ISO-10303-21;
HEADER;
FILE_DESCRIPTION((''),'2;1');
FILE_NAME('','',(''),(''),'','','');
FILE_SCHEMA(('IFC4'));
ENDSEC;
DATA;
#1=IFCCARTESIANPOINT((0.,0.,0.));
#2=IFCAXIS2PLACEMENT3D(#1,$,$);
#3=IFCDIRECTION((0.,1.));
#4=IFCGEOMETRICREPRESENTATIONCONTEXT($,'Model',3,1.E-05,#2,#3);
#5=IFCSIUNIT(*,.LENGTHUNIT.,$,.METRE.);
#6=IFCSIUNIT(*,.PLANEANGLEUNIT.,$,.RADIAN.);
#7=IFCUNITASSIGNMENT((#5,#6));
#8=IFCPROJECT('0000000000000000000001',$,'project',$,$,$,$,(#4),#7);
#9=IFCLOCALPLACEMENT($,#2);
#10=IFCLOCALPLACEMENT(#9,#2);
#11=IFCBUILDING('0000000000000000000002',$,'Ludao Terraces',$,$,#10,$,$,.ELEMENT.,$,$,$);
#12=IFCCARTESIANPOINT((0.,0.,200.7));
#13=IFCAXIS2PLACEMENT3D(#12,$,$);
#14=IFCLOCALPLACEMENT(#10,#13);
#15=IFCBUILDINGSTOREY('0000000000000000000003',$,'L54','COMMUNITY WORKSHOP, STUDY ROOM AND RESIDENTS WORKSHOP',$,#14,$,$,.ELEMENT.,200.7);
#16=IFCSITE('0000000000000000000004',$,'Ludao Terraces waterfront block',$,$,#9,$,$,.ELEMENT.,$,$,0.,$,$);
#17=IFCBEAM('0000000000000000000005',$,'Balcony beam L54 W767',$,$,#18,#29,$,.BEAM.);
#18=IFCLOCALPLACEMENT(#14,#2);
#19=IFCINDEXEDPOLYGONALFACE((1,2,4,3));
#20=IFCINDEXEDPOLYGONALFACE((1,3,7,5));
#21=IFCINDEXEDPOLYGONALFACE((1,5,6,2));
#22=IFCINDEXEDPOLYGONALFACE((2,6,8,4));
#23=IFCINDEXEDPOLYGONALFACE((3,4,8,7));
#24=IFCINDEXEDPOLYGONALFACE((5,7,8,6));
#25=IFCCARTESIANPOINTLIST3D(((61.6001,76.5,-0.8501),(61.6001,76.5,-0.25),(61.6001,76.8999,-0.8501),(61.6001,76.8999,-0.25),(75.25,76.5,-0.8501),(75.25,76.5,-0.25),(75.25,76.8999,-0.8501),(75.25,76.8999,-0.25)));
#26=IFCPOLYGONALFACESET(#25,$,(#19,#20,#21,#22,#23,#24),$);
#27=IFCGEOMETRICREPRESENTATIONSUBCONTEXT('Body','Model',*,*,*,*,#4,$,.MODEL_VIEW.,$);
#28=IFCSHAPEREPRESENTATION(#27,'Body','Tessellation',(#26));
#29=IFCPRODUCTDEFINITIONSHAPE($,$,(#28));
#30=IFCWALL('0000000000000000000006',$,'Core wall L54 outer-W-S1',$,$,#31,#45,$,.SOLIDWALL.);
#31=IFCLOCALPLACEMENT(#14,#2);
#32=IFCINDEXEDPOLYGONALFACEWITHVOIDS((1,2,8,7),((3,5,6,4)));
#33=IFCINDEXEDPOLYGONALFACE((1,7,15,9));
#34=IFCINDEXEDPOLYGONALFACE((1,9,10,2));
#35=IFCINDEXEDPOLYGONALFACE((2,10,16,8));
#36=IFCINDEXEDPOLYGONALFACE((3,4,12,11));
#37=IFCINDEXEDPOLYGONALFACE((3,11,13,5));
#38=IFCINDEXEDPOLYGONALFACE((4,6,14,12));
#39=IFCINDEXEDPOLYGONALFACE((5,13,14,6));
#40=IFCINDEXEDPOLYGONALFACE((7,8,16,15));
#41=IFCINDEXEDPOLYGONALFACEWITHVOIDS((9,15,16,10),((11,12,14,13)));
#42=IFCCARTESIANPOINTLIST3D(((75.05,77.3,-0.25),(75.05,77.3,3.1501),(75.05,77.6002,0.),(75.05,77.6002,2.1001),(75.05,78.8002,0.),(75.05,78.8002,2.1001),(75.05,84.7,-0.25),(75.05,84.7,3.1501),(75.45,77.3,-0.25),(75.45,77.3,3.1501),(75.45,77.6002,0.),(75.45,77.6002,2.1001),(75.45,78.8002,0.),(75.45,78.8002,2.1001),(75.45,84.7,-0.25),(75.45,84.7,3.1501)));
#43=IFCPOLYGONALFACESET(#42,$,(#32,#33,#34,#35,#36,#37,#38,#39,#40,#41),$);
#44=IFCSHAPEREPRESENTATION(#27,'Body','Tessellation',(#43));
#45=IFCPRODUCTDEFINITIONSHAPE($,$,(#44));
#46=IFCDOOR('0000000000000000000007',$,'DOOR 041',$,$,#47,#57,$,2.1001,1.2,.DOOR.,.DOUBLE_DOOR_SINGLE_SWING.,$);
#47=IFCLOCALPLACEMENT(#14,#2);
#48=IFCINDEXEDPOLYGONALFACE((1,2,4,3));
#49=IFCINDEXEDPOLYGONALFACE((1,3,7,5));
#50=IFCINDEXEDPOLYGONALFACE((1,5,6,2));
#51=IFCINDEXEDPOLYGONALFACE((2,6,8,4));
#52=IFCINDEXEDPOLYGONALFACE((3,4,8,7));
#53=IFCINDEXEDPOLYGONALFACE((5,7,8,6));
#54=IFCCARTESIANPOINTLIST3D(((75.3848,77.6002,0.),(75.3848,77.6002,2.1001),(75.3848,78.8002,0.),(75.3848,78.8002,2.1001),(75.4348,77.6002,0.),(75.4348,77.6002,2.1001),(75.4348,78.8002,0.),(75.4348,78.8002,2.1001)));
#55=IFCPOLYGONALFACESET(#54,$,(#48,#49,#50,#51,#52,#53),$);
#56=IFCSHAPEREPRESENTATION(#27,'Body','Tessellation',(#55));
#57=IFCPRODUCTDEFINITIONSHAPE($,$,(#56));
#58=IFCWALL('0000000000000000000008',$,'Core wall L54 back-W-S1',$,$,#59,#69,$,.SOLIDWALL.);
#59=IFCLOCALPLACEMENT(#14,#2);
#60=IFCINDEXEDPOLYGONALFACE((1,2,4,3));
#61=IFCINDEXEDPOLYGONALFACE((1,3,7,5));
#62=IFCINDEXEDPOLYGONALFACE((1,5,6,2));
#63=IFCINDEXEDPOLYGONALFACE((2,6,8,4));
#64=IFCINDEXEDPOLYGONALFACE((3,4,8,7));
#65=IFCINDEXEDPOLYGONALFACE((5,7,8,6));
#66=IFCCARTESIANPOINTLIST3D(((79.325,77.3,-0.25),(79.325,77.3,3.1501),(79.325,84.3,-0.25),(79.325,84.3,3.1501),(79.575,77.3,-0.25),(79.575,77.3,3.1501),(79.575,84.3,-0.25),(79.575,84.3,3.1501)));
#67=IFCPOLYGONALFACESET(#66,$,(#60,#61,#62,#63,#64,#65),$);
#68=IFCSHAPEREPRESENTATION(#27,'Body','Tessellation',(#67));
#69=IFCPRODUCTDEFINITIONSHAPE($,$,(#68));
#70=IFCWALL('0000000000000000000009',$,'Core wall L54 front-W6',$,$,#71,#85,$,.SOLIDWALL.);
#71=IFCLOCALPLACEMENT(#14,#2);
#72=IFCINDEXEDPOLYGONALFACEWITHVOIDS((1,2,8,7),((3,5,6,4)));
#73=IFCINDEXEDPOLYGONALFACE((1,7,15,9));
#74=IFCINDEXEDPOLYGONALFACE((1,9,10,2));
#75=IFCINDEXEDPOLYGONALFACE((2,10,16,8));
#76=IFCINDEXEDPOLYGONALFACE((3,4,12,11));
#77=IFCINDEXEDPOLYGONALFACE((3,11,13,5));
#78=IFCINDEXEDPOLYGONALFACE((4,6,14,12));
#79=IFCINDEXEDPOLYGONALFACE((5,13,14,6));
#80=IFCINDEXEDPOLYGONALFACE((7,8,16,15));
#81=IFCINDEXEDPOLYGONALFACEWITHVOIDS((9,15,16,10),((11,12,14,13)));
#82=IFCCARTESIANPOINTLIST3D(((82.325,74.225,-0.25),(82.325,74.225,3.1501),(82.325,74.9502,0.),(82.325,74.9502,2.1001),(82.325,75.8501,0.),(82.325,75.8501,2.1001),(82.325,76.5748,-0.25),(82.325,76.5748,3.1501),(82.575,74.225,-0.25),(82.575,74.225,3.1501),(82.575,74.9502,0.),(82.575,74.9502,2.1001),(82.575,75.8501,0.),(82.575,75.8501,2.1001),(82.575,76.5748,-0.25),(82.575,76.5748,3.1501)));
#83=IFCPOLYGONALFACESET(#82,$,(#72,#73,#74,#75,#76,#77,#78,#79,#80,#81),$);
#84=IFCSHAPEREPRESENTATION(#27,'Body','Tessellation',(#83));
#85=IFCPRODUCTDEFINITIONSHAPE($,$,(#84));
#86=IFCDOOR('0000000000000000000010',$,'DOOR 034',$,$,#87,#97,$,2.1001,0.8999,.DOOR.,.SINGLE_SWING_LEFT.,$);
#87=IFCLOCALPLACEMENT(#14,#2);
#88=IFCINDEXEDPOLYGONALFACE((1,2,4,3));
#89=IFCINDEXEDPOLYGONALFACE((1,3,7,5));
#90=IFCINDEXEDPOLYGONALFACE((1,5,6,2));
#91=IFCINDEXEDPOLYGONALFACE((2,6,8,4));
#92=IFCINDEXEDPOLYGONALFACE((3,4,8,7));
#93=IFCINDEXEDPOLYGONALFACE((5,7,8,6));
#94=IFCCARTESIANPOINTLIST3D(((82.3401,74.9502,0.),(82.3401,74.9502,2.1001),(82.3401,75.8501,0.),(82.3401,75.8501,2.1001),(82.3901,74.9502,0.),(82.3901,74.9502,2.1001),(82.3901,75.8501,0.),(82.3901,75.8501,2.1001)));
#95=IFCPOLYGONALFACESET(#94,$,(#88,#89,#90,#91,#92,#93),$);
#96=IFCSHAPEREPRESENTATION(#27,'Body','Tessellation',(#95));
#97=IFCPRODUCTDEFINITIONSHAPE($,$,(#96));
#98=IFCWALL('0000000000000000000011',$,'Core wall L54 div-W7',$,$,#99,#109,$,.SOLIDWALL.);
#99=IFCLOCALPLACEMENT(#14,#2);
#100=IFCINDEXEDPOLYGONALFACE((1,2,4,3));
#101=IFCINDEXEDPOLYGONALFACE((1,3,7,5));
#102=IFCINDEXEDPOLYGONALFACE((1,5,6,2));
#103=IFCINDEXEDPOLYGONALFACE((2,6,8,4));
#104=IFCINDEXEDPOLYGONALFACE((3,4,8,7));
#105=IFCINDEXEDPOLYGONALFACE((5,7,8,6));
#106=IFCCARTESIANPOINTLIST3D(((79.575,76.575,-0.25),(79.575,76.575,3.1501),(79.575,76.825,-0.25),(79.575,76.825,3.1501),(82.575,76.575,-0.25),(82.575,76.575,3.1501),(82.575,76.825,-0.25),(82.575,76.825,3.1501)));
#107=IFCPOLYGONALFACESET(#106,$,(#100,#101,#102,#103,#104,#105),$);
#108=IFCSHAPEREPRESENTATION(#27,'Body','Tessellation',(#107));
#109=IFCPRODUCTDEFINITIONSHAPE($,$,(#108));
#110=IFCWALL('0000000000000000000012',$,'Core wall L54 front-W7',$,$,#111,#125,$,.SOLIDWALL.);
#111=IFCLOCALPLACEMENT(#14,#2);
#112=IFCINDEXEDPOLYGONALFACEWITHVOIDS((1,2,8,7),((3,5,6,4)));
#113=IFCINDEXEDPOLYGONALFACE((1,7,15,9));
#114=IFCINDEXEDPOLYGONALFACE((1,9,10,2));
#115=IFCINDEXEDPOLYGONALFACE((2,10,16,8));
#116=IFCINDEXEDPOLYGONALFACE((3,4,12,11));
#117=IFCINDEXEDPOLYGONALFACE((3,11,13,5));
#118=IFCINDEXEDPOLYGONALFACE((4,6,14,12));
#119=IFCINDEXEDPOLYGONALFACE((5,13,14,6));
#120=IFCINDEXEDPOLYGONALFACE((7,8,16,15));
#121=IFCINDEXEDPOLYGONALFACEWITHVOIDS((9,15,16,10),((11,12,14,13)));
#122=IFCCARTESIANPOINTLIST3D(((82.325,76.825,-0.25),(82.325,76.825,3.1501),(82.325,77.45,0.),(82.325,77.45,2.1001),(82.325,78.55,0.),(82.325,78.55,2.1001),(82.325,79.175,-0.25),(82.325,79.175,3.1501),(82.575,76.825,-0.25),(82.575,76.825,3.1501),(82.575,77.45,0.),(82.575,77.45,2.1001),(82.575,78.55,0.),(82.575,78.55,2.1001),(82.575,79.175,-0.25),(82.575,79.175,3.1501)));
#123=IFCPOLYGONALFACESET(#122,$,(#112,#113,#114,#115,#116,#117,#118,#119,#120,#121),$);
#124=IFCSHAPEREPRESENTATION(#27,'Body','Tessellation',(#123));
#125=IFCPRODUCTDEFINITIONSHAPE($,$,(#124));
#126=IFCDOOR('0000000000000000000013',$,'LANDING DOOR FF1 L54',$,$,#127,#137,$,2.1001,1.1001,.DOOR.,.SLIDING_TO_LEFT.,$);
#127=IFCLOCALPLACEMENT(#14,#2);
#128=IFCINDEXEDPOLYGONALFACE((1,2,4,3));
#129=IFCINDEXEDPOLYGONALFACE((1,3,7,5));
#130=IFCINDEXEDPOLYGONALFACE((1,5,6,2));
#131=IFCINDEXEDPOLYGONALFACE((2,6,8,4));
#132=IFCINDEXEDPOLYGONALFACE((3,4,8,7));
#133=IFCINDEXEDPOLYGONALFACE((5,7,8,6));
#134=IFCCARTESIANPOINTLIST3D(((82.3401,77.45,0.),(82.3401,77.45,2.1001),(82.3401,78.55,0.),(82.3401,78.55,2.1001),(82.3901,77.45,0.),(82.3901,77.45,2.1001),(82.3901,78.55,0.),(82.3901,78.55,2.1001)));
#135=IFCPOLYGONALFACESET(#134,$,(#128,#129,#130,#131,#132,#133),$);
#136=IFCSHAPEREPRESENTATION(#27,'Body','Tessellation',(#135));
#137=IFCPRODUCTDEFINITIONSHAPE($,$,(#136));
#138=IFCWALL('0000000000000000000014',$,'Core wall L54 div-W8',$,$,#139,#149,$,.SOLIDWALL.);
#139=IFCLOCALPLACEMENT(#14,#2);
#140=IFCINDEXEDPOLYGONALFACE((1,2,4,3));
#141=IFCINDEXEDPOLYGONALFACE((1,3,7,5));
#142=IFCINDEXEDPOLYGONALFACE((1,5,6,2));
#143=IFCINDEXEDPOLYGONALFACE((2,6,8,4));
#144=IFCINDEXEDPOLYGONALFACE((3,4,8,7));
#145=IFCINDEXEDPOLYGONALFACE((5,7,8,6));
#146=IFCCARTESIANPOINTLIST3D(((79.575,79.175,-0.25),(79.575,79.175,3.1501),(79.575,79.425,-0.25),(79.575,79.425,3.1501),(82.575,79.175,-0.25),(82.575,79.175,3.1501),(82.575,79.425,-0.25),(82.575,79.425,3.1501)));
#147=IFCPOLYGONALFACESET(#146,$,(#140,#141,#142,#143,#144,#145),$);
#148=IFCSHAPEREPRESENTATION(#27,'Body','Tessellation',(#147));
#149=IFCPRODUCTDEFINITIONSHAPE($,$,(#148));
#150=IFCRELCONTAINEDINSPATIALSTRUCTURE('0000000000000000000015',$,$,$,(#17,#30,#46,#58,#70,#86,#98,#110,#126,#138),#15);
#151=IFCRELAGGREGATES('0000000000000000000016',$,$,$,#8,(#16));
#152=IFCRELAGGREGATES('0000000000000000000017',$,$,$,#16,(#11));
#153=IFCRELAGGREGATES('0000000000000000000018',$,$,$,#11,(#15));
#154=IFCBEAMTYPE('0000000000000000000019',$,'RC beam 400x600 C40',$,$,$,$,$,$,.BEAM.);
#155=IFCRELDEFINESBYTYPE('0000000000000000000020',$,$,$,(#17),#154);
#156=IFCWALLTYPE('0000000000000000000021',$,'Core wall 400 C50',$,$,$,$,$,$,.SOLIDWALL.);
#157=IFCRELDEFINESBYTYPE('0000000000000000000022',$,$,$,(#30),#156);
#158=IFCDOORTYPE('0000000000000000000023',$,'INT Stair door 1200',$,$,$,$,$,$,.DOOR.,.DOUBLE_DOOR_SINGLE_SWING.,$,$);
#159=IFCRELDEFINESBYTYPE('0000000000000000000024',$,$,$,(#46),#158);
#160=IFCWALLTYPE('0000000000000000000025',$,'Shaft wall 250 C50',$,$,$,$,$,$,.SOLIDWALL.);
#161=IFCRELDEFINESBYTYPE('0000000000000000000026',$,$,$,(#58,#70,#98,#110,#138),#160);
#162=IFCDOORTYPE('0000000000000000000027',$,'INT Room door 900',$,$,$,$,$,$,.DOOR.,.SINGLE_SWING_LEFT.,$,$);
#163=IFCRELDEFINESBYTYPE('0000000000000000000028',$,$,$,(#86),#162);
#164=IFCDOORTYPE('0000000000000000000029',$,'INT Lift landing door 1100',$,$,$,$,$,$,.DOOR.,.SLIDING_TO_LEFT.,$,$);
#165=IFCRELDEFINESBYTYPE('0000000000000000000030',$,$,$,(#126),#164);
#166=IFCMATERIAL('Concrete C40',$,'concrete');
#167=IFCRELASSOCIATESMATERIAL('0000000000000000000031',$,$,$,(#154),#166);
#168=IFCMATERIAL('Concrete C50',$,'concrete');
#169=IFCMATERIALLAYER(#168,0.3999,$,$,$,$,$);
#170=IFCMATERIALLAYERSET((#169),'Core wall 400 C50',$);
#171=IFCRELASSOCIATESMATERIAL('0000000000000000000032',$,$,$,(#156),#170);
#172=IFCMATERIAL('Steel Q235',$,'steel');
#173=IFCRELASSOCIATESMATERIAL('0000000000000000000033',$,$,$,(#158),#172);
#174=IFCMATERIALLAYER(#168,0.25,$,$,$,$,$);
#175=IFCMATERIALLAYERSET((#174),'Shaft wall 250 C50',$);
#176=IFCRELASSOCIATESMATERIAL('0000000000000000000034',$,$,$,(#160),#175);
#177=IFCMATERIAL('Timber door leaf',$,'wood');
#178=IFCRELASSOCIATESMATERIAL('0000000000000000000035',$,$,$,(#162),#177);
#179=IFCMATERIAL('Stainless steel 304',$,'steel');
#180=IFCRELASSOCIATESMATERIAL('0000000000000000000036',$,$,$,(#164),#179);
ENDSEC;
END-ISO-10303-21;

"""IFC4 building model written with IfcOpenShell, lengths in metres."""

from ifc_helpers import new_model, si_unit, direction, frame, frame_2d, origin, origin_2d, place, context, subcontext, project, spatial, rectangle, extrude, material, layer, layer_set, material_profile, profile_set, type_object, element, fill, save


model = new_model("IFC4")

# Units and contexts
model_context = context("Model", 3, precision=1e-05, world=origin(), true_north=direction((0.0, 1.0)))
body_context = subcontext(model_context, "Body", "Model", "MODEL_VIEW")
ifc_project = project(units=[si_unit("LENGTHUNIT", "METRE"), si_unit("PLANEANGLEUNIT", "RADIAN")], contexts=[model_context])

# Site, building, storey
site_placement = place(None, origin())
site = spatial("IfcSite", under=ifc_project, at=site_placement, Name="Ludao Terraces waterfront block", CompositionType="ELEMENT", RefElevation=0.0)
building_placement = place(site_placement, origin())
building = spatial("IfcBuilding", under=site, at=building_placement, Name="Ludao Terraces", CompositionType="ELEMENT")
storey_placement = place(building_placement, frame((0.0, 0.0, 200.7)))
storey = spatial("IfcBuildingStorey", under=building, at=storey_placement, Name="L54", Description="COMMUNITY WORKSHOP, STUDY ROOM AND RESIDENTS WORKSHOP", CompositionType="ELEMENT", Elevation=200.7)

# Beam
ifc_material_1 = material(Name="Concrete C40", Category="concrete")
ifc_material_profile = material_profile(ifc_material_1, rectangle(XDim=0.3999, YDim=0.6001, at=origin_2d()), Name="400 X 600")
ifc_profile_set = profile_set([ifc_material_profile], Name="Concrete C40")
beam_type = type_object("IfcBeamType", Name="RC beam 400x600 C40", PredefinedType="BEAM", material=ifc_profile_set)
beam_placement = place(storey_placement, frame((75.25, 76.7, -0.55), z_axis=(-1.0, 0.0, 0.0), x_axis=(0.0, -1.0, 0.0)))
element("IfcBeam", 1, at=beam_placement, inside=storey, type_object=beam_type, Name="Balcony beam L54 W767", PredefinedType="BEAM", context=body_context, shape_type="SweptSolid", body=[
    extrude(rectangle(XDim=0.3999, YDim=0.6001, at=origin_2d()), origin(), (0.0, 0.0, 1.0), 13.6499),
])

# Wall, opening, door
ifc_material_2 = material(Name="Concrete C50", Category="concrete")
ifc_layer_1 = layer(ifc_material_2, 0.3999)
ifc_layer_set_1 = layer_set([ifc_layer_1], Name="Core wall 400 C50")
wall_type_1 = type_object("IfcWallType", Name="Core wall 400 C50", PredefinedType="SOLIDWALL", material=ifc_layer_set_1)
wall_1_placement = place(storey_placement, frame((75.25, 77.3, -0.25), z_axis=(0.0, 0.0, 1.0), x_axis=(0.0, 1.0, 0.0)))
wall_1 = element("IfcWall", 2, at=wall_1_placement, inside=storey, type_object=wall_type_1, Name="Core wall L54 outer-W-S1", PredefinedType="SOLIDWALL", context=body_context, shape_type="SweptSolid", body=[
    extrude(rectangle(XDim=7.3999, YDim=0.3999, at=frame_2d((3.7, 0.0))), origin(), (0.0, 0.0, 1.0), 3.4001),
])
opening_1_placement = place(wall_1_placement, frame((0.3, 0.0, 0.25)))
opening_1 = element("IfcOpeningElement", 3, at=opening_1_placement, cuts=wall_1, PredefinedType="OPENING", context=body_context, shape_type="SweptSolid", body=[
    extrude(rectangle(XDim=1.2, YDim=2.1001, at=frame_2d((0.6001, 1.05))), frame((0.0, 0.21, 0.0), z_axis=(0.0, -1.0, 0.0), x_axis=(1.0, 0.0, 0.0)), (0.0, 0.0, 1.0), 0.4199),
])
ifc_material_3 = material(Name="Steel Q235", Category="steel")
door_type_1 = type_object("IfcDoorType", Name="INT Stair door 1200", OperationType="DOUBLE_DOOR_SINGLE_SWING", PredefinedType="DOOR", material=ifc_material_3)
door_1_placement = place(opening_1_placement, origin())
door_1 = element("IfcDoor", 4, at=door_1_placement, inside=storey, type_object=door_type_1, Name="DOOR 041", OperationType="DOUBLE_DOOR_SINGLE_SWING", OverallHeight=2.1001, OverallWidth=1.2, PredefinedType="DOOR", context=body_context, shape_type="SweptSolid", body=[
    extrude(rectangle(XDim=1.2, YDim=2.1001, at=frame_2d((0.6001, 1.05))), frame((0.0, -0.1348, 0.0), z_axis=(0.0, -1.0, 0.0), x_axis=(1.0, 0.0, 0.0)), (0.0, 0.0, 1.0), 0.05),
])
fill(opening_1, door_1)

# Wall
ifc_layer_2 = layer(ifc_material_2, 0.25)
ifc_layer_set_2 = layer_set([ifc_layer_2], Name="Shaft wall 250 C50")
wall_type_2 = type_object("IfcWallType", Name="Shaft wall 250 C50", PredefinedType="SOLIDWALL", material=ifc_layer_set_2)
wall_2_placement = place(storey_placement, frame((79.45, 77.3, -0.25), z_axis=(0.0, 0.0, 1.0), x_axis=(0.0, 1.0, 0.0)))
element("IfcWall", 5, at=wall_2_placement, inside=storey, type_object=wall_type_2, Name="Core wall L54 back-W-S1", PredefinedType="SOLIDWALL", context=body_context, shape_type="SweptSolid", body=[
    extrude(rectangle(XDim=7.0, YDim=0.25, at=frame_2d((3.5, 0.0))), origin(), (0.0, 0.0, 1.0), 3.4001),
])

# Wall, opening, door
wall_3_placement = place(storey_placement, frame((82.45, 74.2251, -0.25), z_axis=(0.0, 0.0, 1.0), x_axis=(0.0, 1.0, 0.0)))
wall_3 = element("IfcWall", 6, at=wall_3_placement, inside=storey, type_object=wall_type_2, Name="Core wall L54 front-W6", PredefinedType="SOLIDWALL", context=body_context, shape_type="SweptSolid", body=[
    extrude(rectangle(XDim=2.3499, YDim=0.25, at=frame_2d((1.1748, 0.0))), origin(), (0.0, 0.0, 1.0), 3.4001),
])
opening_2_placement = place(wall_3_placement, frame((0.7251, 0.0, 0.25)))
opening_2 = element("IfcOpeningElement", 7, at=opening_2_placement, cuts=wall_3, PredefinedType="OPENING", context=body_context, shape_type="SweptSolid", body=[
    extrude(rectangle(XDim=0.8999, YDim=2.1001, at=frame_2d((0.45, 1.05))), frame((0.0, 0.135, 0.0), z_axis=(0.0, -1.0, 0.0), x_axis=(1.0, 0.0, 0.0)), (0.0, 0.0, 1.0), 0.27),
])
ifc_material_4 = material(Name="Timber door leaf", Category="wood")
door_type_2 = type_object("IfcDoorType", Name="INT Room door 900", OperationType="SINGLE_SWING_LEFT", PredefinedType="DOOR", material=ifc_material_4)
door_2_placement = place(opening_2_placement, origin())
door_2 = element("IfcDoor", 8, at=door_2_placement, inside=storey, type_object=door_type_2, Name="DOOR 034", OperationType="SINGLE_SWING_LEFT", OverallHeight=2.1001, OverallWidth=0.8999, PredefinedType="DOOR", context=body_context, shape_type="SweptSolid", body=[
    extrude(rectangle(XDim=0.8999, YDim=2.1001, at=frame_2d((0.45, 1.05))), frame((0.0, 0.1099, 0.0), z_axis=(0.0, -1.0, 0.0), x_axis=(1.0, 0.0, 0.0)), (0.0, 0.0, 1.0), 0.05),
])
fill(opening_2, door_2)

# Wall
wall_4_placement = place(storey_placement, frame((79.575, 76.7, -0.25), z_axis=(0.0, 0.0, 1.0), x_axis=(1.0, 0.0, 0.0)))
element("IfcWall", 9, at=wall_4_placement, inside=storey, type_object=wall_type_2, Name="Core wall L54 div-W7", PredefinedType="SOLIDWALL", context=body_context, shape_type="SweptSolid", body=[
    extrude(rectangle(XDim=3.0, YDim=0.25, at=frame_2d((1.5, 0.0))), origin(), (0.0, 0.0, 1.0), 3.4001),
])

# Wall, opening, door
wall_5_placement = place(storey_placement, frame((82.45, 76.825, -0.25), z_axis=(0.0, 0.0, 1.0), x_axis=(0.0, 1.0, 0.0)))
wall_5 = element("IfcWall", 10, at=wall_5_placement, inside=storey, type_object=wall_type_2, Name="Core wall L54 front-W7", PredefinedType="SOLIDWALL", context=body_context, shape_type="SweptSolid", body=[
    extrude(rectangle(XDim=2.3501, YDim=0.25, at=frame_2d((1.175, 0.0))), origin(), (0.0, 0.0, 1.0), 3.4001),
])
opening_3_placement = place(wall_5_placement, frame((0.625, 0.0, 0.25)))
opening_3 = element("IfcOpeningElement", 11, at=opening_3_placement, cuts=wall_5, PredefinedType="OPENING", context=body_context, shape_type="SweptSolid", body=[
    extrude(rectangle(XDim=1.1001, YDim=2.1001, at=frame_2d((0.55, 1.05))), frame((0.0, 0.135, 0.0), z_axis=(0.0, -1.0, 0.0), x_axis=(1.0, 0.0, 0.0)), (0.0, 0.0, 1.0), 0.27),
])
ifc_material_5 = material(Name="Stainless steel 304", Category="steel")
door_type_3 = type_object("IfcDoorType", Name="INT Lift landing door 1100", OperationType="SLIDING_TO_LEFT", PredefinedType="DOOR", material=ifc_material_5)
door_3_placement = place(opening_3_placement, origin())
door_3 = element("IfcDoor", 12, at=door_3_placement, inside=storey, type_object=door_type_3, Name="LANDING DOOR FF1 L54", OperationType="SLIDING_TO_LEFT", OverallHeight=2.1001, OverallWidth=1.1001, PredefinedType="DOOR", context=body_context, shape_type="SweptSolid", body=[
    extrude(rectangle(XDim=1.1001, YDim=2.1001, at=frame_2d((0.55, 1.05))), frame((0.0, 0.1099, 0.0), z_axis=(0.0, -1.0, 0.0), x_axis=(1.0, 0.0, 0.0)), (0.0, 0.0, 1.0), 0.05),
])
fill(opening_3, door_3)

# Wall
wall_6_placement = place(storey_placement, frame((79.575, 79.3, -0.25), z_axis=(0.0, 0.0, 1.0), x_axis=(1.0, 0.0, 0.0)))
element("IfcWall", 13, at=wall_6_placement, inside=storey, type_object=wall_type_2, Name="Core wall L54 div-W8", PredefinedType="SOLIDWALL", context=body_context, shape_type="SweptSolid", body=[
    extrude(rectangle(XDim=3.0, YDim=0.25, at=frame_2d((1.5, 0.0))), origin(), (0.0, 0.0, 1.0), 3.4001),
])

save(model, "model.ifc")
